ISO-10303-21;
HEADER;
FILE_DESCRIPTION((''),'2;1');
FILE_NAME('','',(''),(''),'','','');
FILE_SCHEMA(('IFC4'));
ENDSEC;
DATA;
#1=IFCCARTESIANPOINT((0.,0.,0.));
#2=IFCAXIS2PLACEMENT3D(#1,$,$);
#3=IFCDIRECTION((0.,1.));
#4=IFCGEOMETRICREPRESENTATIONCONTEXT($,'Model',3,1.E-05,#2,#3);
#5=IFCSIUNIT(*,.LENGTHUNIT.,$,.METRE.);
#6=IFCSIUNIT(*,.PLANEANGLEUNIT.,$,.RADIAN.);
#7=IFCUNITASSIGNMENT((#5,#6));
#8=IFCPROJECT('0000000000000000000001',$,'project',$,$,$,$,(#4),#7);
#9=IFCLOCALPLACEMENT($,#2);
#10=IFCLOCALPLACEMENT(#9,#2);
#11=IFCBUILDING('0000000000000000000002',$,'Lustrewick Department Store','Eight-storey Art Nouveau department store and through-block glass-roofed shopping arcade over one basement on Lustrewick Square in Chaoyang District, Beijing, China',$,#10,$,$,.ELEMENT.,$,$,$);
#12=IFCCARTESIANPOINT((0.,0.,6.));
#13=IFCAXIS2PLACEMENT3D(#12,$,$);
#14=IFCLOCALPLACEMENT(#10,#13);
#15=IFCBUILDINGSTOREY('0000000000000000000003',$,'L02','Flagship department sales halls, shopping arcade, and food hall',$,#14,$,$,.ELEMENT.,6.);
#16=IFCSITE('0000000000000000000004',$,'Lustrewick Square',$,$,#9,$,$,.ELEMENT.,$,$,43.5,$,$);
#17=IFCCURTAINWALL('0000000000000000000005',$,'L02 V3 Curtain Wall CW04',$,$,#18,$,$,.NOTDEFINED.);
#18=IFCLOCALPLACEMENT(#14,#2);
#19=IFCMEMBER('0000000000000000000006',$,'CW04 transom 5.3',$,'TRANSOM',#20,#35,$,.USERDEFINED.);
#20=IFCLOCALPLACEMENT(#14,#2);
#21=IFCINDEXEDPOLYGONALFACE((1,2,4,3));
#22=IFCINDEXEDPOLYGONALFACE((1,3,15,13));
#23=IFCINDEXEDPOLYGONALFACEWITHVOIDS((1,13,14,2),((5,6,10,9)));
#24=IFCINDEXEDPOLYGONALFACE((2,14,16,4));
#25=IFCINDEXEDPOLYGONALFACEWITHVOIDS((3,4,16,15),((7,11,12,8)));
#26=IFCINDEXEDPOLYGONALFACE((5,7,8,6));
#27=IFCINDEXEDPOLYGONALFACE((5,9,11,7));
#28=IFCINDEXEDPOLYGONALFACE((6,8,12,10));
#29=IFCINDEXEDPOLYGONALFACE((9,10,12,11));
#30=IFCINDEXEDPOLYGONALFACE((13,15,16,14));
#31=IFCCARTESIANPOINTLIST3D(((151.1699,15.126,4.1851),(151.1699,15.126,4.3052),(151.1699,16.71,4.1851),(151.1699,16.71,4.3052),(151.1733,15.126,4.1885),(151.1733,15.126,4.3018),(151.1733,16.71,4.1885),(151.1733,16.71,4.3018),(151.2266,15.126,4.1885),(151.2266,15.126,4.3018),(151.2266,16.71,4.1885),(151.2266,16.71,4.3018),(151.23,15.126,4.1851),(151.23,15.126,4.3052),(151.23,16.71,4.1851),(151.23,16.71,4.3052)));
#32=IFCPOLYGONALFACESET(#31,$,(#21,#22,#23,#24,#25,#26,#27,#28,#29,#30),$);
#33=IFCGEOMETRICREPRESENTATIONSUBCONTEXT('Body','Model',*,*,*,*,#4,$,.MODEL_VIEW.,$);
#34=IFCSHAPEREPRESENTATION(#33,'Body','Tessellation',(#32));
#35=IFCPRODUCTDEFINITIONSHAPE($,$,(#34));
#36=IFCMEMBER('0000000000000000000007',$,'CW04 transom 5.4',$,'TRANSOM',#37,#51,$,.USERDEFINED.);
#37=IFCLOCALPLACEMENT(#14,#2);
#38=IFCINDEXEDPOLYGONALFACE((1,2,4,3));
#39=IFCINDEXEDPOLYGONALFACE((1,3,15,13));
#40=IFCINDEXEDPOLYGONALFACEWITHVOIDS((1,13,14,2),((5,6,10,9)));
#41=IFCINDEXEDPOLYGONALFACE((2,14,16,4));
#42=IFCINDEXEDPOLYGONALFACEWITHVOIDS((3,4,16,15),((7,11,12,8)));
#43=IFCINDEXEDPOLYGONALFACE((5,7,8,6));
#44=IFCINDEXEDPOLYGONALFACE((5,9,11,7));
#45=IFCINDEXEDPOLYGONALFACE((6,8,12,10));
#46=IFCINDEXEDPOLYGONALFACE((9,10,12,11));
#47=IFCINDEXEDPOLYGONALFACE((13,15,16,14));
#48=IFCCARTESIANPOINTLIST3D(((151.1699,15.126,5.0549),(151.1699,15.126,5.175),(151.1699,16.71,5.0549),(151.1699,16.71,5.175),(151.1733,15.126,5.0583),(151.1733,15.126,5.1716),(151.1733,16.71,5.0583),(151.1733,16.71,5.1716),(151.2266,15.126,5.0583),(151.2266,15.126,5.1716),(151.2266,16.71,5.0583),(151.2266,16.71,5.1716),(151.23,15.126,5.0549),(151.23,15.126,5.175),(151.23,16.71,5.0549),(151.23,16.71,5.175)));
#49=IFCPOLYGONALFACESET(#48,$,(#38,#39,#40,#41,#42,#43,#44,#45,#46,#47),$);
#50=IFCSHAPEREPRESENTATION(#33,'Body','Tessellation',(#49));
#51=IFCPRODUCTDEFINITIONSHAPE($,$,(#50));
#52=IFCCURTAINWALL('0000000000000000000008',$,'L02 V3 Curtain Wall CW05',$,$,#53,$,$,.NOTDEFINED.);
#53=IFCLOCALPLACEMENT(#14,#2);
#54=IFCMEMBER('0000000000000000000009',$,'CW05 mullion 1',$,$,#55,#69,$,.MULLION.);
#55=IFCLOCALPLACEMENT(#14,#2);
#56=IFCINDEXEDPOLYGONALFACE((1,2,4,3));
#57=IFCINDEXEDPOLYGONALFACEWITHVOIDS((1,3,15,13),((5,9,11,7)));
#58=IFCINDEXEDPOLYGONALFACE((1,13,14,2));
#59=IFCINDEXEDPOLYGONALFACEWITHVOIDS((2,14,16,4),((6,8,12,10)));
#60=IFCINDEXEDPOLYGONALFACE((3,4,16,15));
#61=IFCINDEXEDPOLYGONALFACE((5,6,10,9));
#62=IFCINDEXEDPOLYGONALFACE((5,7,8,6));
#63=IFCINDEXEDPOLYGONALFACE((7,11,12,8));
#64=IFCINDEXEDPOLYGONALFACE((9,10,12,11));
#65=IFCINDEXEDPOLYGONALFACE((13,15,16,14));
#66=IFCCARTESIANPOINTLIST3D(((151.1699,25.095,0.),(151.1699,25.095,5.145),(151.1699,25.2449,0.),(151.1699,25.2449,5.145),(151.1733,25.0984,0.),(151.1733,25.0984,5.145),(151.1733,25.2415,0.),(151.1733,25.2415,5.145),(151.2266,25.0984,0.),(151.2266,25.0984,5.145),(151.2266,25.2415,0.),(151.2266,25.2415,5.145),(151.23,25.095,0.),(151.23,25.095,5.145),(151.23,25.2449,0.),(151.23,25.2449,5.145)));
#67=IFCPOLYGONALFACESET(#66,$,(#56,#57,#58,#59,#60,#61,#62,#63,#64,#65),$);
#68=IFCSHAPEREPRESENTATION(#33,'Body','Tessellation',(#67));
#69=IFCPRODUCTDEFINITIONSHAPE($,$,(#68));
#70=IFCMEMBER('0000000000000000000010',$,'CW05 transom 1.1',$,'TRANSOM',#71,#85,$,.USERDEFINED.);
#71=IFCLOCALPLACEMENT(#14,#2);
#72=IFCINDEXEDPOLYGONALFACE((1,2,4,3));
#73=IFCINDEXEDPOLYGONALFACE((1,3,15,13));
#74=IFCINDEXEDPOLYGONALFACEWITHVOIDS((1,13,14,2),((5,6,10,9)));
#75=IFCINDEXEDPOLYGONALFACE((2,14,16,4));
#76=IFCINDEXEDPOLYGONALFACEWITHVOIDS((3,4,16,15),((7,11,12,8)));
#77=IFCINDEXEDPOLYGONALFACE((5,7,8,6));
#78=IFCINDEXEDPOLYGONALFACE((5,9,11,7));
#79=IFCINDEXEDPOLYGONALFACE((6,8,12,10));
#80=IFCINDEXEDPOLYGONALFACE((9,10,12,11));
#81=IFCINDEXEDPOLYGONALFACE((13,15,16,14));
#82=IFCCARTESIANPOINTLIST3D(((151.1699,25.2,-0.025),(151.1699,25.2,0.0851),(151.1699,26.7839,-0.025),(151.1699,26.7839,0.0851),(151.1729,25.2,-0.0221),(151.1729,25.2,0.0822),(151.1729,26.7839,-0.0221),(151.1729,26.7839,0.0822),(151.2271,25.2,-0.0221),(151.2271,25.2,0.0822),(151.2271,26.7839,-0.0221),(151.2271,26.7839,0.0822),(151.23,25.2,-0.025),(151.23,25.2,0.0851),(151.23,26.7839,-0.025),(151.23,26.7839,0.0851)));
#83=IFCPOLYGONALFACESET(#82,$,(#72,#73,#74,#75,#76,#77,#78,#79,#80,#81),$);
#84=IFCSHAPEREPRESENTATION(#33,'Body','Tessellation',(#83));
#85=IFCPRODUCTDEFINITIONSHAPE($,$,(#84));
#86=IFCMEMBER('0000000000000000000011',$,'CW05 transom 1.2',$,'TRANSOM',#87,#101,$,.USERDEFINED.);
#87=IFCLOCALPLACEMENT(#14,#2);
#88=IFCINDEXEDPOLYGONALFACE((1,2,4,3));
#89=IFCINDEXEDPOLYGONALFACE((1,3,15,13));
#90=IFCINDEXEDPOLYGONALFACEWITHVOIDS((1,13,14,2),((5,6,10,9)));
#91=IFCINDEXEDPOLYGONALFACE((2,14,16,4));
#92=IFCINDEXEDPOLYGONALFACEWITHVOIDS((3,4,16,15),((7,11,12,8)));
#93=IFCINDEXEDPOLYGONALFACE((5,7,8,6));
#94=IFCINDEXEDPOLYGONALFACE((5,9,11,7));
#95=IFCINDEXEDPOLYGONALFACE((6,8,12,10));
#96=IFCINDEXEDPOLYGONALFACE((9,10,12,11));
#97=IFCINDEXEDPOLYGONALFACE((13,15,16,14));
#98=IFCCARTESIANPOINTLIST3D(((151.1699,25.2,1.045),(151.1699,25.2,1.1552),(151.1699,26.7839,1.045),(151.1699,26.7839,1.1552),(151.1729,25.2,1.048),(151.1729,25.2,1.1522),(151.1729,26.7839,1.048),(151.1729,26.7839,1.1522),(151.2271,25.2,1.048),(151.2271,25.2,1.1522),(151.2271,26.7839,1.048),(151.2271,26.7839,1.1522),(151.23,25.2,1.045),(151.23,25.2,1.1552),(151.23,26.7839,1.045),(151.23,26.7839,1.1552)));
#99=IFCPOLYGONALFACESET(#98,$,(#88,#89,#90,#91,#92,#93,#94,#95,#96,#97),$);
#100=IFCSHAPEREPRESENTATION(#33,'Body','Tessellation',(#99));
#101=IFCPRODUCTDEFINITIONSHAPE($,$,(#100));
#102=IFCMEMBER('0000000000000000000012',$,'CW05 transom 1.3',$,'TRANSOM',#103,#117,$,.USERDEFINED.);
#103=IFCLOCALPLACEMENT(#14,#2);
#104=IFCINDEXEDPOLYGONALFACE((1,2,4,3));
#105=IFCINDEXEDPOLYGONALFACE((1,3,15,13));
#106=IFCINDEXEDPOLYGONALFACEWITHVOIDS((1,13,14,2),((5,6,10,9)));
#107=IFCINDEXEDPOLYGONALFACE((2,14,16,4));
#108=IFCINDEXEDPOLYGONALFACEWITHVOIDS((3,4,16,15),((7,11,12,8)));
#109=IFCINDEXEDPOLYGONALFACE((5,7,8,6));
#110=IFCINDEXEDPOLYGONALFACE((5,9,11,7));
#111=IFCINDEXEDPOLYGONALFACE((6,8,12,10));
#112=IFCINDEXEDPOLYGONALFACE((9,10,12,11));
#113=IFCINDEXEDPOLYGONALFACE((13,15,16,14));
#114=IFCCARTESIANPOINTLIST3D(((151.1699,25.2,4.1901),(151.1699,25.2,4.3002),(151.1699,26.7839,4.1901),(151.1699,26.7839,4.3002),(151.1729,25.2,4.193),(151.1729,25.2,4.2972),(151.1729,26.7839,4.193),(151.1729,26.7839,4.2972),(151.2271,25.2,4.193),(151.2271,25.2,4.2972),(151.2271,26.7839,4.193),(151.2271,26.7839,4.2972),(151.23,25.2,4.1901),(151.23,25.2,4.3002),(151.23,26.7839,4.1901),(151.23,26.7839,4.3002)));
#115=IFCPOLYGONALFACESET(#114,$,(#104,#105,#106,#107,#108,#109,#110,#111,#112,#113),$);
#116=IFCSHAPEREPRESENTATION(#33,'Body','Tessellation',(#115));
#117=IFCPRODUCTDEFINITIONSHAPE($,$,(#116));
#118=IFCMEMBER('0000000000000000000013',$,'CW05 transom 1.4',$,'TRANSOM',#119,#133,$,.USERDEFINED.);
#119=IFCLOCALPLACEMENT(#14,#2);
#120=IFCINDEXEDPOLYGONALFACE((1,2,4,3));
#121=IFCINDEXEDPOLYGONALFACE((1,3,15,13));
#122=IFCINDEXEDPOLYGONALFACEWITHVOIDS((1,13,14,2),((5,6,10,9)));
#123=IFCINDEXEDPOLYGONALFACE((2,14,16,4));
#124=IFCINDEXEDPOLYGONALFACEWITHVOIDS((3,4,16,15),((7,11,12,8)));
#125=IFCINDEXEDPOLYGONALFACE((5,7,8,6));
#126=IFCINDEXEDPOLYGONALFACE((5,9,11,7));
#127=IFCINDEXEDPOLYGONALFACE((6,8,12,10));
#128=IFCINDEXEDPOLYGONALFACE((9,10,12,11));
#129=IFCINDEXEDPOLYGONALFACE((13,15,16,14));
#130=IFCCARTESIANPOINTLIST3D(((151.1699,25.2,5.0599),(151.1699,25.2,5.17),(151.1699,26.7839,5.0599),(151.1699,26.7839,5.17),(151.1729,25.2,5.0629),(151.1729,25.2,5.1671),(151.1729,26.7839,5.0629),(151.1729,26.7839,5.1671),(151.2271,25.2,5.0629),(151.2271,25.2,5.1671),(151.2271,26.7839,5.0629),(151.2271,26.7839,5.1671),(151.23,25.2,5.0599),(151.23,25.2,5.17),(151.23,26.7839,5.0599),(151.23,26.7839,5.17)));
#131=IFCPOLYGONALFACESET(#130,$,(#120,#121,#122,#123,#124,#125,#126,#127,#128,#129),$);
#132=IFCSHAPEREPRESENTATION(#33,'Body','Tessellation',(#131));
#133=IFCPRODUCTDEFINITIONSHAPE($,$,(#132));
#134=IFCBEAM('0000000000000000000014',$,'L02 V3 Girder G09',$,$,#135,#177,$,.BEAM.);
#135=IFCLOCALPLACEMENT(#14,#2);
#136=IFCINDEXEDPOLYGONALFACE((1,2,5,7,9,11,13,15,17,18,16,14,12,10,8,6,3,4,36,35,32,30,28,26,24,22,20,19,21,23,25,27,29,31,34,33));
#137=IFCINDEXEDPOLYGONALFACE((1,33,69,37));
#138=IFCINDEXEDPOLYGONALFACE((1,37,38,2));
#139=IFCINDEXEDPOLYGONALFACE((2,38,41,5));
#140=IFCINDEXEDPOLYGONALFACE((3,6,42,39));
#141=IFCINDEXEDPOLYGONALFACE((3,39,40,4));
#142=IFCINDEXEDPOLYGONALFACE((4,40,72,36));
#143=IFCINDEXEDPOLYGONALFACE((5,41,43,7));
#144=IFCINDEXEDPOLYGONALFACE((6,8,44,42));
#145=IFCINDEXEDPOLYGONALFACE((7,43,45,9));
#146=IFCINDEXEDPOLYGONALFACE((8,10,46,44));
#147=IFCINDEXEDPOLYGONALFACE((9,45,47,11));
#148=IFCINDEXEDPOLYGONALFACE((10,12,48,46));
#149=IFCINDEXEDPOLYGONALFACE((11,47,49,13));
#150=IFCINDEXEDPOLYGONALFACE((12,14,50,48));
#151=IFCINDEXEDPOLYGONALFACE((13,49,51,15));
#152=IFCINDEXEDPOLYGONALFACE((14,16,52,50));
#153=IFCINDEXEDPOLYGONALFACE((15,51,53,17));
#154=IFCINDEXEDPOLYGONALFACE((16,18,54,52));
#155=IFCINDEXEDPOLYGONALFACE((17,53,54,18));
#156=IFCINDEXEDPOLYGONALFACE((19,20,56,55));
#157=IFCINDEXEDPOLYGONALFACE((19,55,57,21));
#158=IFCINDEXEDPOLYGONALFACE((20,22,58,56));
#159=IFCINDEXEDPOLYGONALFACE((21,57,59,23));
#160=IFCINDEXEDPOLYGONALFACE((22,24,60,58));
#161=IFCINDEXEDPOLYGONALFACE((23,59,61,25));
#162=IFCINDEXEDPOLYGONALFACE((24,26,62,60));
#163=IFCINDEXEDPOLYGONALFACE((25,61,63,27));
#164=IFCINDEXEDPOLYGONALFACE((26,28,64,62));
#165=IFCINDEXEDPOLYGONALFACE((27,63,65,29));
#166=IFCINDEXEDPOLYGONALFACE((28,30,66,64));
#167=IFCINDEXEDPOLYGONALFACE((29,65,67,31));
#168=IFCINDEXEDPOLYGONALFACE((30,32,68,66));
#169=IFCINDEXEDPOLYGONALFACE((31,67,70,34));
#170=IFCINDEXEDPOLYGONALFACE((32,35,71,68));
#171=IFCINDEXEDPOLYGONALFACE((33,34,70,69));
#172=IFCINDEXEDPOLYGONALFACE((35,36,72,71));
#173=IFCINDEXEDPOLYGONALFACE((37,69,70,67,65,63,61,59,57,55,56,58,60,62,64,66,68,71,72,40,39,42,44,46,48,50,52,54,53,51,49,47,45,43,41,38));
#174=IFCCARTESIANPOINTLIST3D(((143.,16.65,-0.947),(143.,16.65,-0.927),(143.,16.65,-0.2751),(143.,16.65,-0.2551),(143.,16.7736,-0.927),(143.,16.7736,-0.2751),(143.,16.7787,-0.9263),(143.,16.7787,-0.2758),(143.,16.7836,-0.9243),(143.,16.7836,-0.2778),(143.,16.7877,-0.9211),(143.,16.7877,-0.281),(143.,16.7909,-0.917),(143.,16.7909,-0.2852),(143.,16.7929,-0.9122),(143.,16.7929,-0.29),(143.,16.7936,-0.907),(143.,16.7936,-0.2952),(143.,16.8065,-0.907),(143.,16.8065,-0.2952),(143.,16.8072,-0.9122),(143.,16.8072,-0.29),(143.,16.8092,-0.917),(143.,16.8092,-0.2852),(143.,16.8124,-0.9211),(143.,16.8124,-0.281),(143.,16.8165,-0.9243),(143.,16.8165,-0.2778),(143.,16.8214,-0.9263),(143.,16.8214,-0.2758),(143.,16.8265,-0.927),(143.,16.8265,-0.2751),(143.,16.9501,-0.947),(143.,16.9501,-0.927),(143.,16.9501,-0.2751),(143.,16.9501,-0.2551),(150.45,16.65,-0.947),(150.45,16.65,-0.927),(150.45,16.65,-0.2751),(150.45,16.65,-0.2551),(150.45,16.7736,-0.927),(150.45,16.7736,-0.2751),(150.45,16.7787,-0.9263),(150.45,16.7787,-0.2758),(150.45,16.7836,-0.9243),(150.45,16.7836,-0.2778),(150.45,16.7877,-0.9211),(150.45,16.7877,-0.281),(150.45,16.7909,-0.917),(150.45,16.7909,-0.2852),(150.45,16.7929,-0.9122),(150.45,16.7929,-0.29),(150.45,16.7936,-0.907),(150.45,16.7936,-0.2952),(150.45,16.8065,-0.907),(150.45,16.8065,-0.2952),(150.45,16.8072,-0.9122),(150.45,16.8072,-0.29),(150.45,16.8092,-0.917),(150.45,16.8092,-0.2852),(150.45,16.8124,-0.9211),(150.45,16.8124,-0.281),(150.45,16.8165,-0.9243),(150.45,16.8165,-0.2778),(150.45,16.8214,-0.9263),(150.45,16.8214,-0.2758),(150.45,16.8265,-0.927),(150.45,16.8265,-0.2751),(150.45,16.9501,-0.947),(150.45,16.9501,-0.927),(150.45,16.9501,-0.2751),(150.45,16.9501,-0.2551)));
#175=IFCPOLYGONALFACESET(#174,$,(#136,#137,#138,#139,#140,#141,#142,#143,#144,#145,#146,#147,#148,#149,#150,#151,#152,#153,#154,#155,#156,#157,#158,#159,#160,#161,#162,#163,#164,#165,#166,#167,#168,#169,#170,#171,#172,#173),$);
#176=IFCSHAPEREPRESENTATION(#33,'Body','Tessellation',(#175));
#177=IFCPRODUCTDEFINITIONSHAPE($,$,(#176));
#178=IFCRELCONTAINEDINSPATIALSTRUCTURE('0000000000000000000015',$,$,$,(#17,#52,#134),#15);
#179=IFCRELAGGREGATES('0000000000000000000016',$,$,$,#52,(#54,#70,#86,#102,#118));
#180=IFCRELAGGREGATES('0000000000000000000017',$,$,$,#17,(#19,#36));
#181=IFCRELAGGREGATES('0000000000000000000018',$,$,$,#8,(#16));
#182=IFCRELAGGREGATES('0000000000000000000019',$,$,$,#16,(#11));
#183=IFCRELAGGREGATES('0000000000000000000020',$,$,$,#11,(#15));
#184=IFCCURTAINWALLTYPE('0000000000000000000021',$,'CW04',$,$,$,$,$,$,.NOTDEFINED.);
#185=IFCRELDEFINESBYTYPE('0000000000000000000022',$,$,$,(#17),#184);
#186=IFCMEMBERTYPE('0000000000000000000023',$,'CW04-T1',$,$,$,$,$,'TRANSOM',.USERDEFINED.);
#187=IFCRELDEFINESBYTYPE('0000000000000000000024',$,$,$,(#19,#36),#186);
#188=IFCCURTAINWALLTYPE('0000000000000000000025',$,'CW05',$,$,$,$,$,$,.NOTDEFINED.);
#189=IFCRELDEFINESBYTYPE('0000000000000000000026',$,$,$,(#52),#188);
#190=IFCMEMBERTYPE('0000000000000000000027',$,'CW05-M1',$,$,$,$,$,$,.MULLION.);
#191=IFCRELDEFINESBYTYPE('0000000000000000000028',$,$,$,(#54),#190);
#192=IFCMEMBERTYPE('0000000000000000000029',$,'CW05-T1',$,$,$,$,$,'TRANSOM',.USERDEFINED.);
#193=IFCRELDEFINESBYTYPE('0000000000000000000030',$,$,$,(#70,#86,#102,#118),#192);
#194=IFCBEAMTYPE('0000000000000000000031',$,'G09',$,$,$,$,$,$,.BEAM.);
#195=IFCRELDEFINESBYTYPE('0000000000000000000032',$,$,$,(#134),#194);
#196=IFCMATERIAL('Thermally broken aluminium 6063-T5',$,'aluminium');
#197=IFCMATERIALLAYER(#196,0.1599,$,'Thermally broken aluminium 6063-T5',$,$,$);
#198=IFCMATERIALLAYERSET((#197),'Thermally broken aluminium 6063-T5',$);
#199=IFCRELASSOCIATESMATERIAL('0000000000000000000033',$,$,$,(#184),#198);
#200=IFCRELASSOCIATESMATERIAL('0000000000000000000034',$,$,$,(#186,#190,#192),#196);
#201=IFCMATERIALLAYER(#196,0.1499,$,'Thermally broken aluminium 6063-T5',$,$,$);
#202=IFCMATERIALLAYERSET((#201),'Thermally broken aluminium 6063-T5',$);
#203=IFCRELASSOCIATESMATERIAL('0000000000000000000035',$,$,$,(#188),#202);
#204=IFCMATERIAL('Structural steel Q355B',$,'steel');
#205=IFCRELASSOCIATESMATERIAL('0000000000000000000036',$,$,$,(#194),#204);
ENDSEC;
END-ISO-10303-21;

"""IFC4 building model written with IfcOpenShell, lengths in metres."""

from ifc_helpers import new_model, si_unit, direction, frame, origin, origin_2d, place, context, subcontext, project, spatial, hollow_rectangle, i_section, extrude, material, layer, layer_set, material_profile, profile_set, type_object, element, aggregate, save


model = new_model("IFC4")

# Units and contexts
model_context = context("Model", 3, precision=1e-05, world=origin(), true_north=direction((0.0, 1.0)))
body_context = subcontext(model_context, "Body", "Model", "MODEL_VIEW")
ifc_project = project(units=[si_unit("LENGTHUNIT", "METRE"), si_unit("PLANEANGLEUNIT", "RADIAN")], contexts=[model_context])

# Site, building, storey
site_placement = place(None, origin())
site = spatial("IfcSite", under=ifc_project, at=site_placement, Name="Lustrewick Square", CompositionType="ELEMENT", RefElevation=43.5)
building_placement = place(site_placement, origin())
building = spatial("IfcBuilding", under=site, at=building_placement, Name="Lustrewick Department Store", Description="Eight-storey Art Nouveau department store and through-block glass-roofed shopping arcade over one basement on Lustrewick Square in Chaoyang District, Beijing, China", CompositionType="ELEMENT")
storey_placement = place(building_placement, frame((0.0, 0.0, 6.0)))
storey = spatial("IfcBuildingStorey", under=building, at=storey_placement, Name="L02", Description="Flagship department sales halls, shopping arcade, and food hall", CompositionType="ELEMENT", Elevation=6.0)

# Shared definitions
ifc_material_1 = material(Name="Structural steel Q355B", Category="steel")

# Curtain walls, members
ifc_material_2 = material(Name="Thermally broken aluminium 6063-T5", Category="aluminium")
ifc_layer_1 = layer(ifc_material_2, 0.1599, Name="Thermally broken aluminium 6063-T5")
ifc_layer_set_1 = layer_set([ifc_layer_1], Name="Thermally broken aluminium 6063-T5")
curtain_wall_type_1 = type_object("IfcCurtainWallType", Name="CW04", PredefinedType="NOTDEFINED", material=ifc_layer_set_1)
curtain_wall_1_placement = place(storey_placement, origin())
curtain_wall_1 = element("IfcCurtainWall", 1, at=curtain_wall_1_placement, inside=storey, type_object=curtain_wall_type_1, Name="L02 V3 Curtain Wall CW04", PredefinedType="NOTDEFINED")
ifc_material_profile_1 = material_profile(ifc_material_2, hollow_rectangle(XDim=0.0601, YDim=0.1201, WallThickness=0.0034, at=origin_2d()), Name="ALU-T 60x120x3.5")
ifc_profile_set_1 = profile_set([ifc_material_profile_1], Name="Thermally broken aluminium 6063-T5")
member_type_1 = type_object("IfcMemberType", Name="CW04-T1", ElementType="TRANSOM", PredefinedType="USERDEFINED", material=ifc_profile_set_1)
member_1_placement = place(storey_placement, frame((151.2, 15.126, 4.2451), z_axis=(0.0, 1.0, 0.0), x_axis=(-1.0, 0.0, 0.0)))
member_1 = element("IfcMember", 2, at=member_1_placement, type_object=member_type_1, Name="CW04 transom 5.3", ObjectType="TRANSOM", PredefinedType="USERDEFINED", context=body_context, shape_type="SweptSolid", body=[
    extrude(hollow_rectangle(XDim=0.0601, YDim=0.1201, WallThickness=0.0034, at=origin_2d()), origin(), (0.0, 0.0, 1.0), 1.584),
])
member_2_placement = place(storey_placement, frame((151.2, 15.126, 5.115), z_axis=(0.0, 1.0, 0.0), x_axis=(-1.0, 0.0, 0.0)))
member_2 = element("IfcMember", 3, at=member_2_placement, type_object=member_type_1, Name="CW04 transom 5.4", ObjectType="TRANSOM", PredefinedType="USERDEFINED", context=body_context, shape_type="SweptSolid", body=[
    extrude(hollow_rectangle(XDim=0.0601, YDim=0.1201, WallThickness=0.0034, at=origin_2d()), origin(), (0.0, 0.0, 1.0), 1.584),
])
ifc_layer_2 = layer(ifc_material_2, 0.1499, Name="Thermally broken aluminium 6063-T5")
ifc_layer_set_2 = layer_set([ifc_layer_2], Name="Thermally broken aluminium 6063-T5")
curtain_wall_type_2 = type_object("IfcCurtainWallType", Name="CW05", PredefinedType="NOTDEFINED", material=ifc_layer_set_2)
curtain_wall_2_placement = place(storey_placement, origin())
curtain_wall_2 = element("IfcCurtainWall", 4, at=curtain_wall_2_placement, inside=storey, type_object=curtain_wall_type_2, Name="L02 V3 Curtain Wall CW05", PredefinedType="NOTDEFINED")
ifc_material_profile_2 = material_profile(ifc_material_2, hollow_rectangle(XDim=0.0601, YDim=0.1499, WallThickness=0.0034, at=origin_2d()), Name="ALU-M 60x150x3.5")
ifc_profile_set_2 = profile_set([ifc_material_profile_2], Name="Thermally broken aluminium 6063-T5")
member_type_2 = type_object("IfcMemberType", Name="CW05-M1", PredefinedType="MULLION", material=ifc_profile_set_2)
member_3_placement = place(storey_placement, frame((151.2, 25.1699, 0.0), z_axis=(0.0, 0.0, 1.0), x_axis=(-1.0, 0.0, 0.0)))
member_3 = element("IfcMember", 5, at=member_3_placement, type_object=member_type_2, Name="CW05 mullion 1", PredefinedType="MULLION", context=body_context, shape_type="SweptSolid", body=[
    extrude(hollow_rectangle(XDim=0.0601, YDim=0.1499, WallThickness=0.0034, at=origin_2d()), origin(), (0.0, 0.0, 1.0), 5.145),
])
ifc_material_profile_3 = material_profile(ifc_material_2, hollow_rectangle(XDim=0.0601, YDim=0.1101, WallThickness=0.0029, at=origin_2d()), Name="ALU-T 60x110x3")
ifc_profile_set_3 = profile_set([ifc_material_profile_3], Name="Thermally broken aluminium 6063-T5")
member_type_3 = type_object("IfcMemberType", Name="CW05-T1", ElementType="TRANSOM", PredefinedType="USERDEFINED", material=ifc_profile_set_3)
member_4_placement = place(storey_placement, frame((151.2, 25.2, 0.03), z_axis=(0.0, 1.0, 0.0), x_axis=(-1.0, 0.0, 0.0)))
member_4 = element("IfcMember", 6, at=member_4_placement, type_object=member_type_3, Name="CW05 transom 1.1", ObjectType="TRANSOM", PredefinedType="USERDEFINED", context=body_context, shape_type="SweptSolid", body=[
    extrude(hollow_rectangle(XDim=0.0601, YDim=0.1101, WallThickness=0.0029, at=origin_2d()), origin(), (0.0, 0.0, 1.0), 1.584),
])
member_5_placement = place(storey_placement, frame((151.2, 25.2, 1.1001), z_axis=(0.0, 1.0, 0.0), x_axis=(-1.0, 0.0, 0.0)))
member_5 = element("IfcMember", 7, at=member_5_placement, type_object=member_type_3, Name="CW05 transom 1.2", ObjectType="TRANSOM", PredefinedType="USERDEFINED", context=body_context, shape_type="SweptSolid", body=[
    extrude(hollow_rectangle(XDim=0.0601, YDim=0.1101, WallThickness=0.0029, at=origin_2d()), origin(), (0.0, 0.0, 1.0), 1.584),
])
member_6_placement = place(storey_placement, frame((151.2, 25.2, 4.2451), z_axis=(0.0, 1.0, 0.0), x_axis=(-1.0, 0.0, 0.0)))
member_6 = element("IfcMember", 8, at=member_6_placement, type_object=member_type_3, Name="CW05 transom 1.3", ObjectType="TRANSOM", PredefinedType="USERDEFINED", context=body_context, shape_type="SweptSolid", body=[
    extrude(hollow_rectangle(XDim=0.0601, YDim=0.1101, WallThickness=0.0029, at=origin_2d()), origin(), (0.0, 0.0, 1.0), 1.584),
])
member_7_placement = place(storey_placement, frame((151.2, 25.2, 5.115), z_axis=(0.0, 1.0, 0.0), x_axis=(-1.0, 0.0, 0.0)))
member_7 = element("IfcMember", 9, at=member_7_placement, type_object=member_type_3, Name="CW05 transom 1.4", ObjectType="TRANSOM", PredefinedType="USERDEFINED", context=body_context, shape_type="SweptSolid", body=[
    extrude(hollow_rectangle(XDim=0.0601, YDim=0.1101, WallThickness=0.0029, at=origin_2d()), origin(), (0.0, 0.0, 1.0), 1.584),
])
aggregate(curtain_wall_2, [member_3, member_4, member_5, member_6, member_7])

# Beam
ifc_material_profile_4 = material_profile(ifc_material_1, i_section(OverallWidth=0.3, OverallDepth=0.6919, WebThickness=0.0129, FlangeThickness=0.02, FilletRadius=0.02, at=origin_2d()), Name="HN 692x300x13x20")
ifc_profile_set_4 = profile_set([ifc_material_profile_4], Name="Structural steel Q355B")
beam_type_1 = type_object("IfcBeamType", Name="G09", PredefinedType="BEAM", material=ifc_profile_set_4)
beam_1_placement = place(storey_placement, frame((143.0, 16.8, -0.6011), z_axis=(1.0, 0.0, 0.0), x_axis=(0.0, 1.0, 0.0)))
element("IfcBeam", 10, at=beam_1_placement, inside=storey, type_object=beam_type_1, Name="L02 V3 Girder G09", PredefinedType="BEAM", context=body_context, shape_type="SweptSolid", body=[
    extrude(i_section(OverallWidth=0.3, OverallDepth=0.6919, WebThickness=0.0129, FlangeThickness=0.02, FilletRadius=0.02, at=origin_2d()), origin(), (0.0, 0.0, 1.0), 7.45),
])

aggregate(curtain_wall_1, [member_1, member_2])

save(model, "model.ifc")
